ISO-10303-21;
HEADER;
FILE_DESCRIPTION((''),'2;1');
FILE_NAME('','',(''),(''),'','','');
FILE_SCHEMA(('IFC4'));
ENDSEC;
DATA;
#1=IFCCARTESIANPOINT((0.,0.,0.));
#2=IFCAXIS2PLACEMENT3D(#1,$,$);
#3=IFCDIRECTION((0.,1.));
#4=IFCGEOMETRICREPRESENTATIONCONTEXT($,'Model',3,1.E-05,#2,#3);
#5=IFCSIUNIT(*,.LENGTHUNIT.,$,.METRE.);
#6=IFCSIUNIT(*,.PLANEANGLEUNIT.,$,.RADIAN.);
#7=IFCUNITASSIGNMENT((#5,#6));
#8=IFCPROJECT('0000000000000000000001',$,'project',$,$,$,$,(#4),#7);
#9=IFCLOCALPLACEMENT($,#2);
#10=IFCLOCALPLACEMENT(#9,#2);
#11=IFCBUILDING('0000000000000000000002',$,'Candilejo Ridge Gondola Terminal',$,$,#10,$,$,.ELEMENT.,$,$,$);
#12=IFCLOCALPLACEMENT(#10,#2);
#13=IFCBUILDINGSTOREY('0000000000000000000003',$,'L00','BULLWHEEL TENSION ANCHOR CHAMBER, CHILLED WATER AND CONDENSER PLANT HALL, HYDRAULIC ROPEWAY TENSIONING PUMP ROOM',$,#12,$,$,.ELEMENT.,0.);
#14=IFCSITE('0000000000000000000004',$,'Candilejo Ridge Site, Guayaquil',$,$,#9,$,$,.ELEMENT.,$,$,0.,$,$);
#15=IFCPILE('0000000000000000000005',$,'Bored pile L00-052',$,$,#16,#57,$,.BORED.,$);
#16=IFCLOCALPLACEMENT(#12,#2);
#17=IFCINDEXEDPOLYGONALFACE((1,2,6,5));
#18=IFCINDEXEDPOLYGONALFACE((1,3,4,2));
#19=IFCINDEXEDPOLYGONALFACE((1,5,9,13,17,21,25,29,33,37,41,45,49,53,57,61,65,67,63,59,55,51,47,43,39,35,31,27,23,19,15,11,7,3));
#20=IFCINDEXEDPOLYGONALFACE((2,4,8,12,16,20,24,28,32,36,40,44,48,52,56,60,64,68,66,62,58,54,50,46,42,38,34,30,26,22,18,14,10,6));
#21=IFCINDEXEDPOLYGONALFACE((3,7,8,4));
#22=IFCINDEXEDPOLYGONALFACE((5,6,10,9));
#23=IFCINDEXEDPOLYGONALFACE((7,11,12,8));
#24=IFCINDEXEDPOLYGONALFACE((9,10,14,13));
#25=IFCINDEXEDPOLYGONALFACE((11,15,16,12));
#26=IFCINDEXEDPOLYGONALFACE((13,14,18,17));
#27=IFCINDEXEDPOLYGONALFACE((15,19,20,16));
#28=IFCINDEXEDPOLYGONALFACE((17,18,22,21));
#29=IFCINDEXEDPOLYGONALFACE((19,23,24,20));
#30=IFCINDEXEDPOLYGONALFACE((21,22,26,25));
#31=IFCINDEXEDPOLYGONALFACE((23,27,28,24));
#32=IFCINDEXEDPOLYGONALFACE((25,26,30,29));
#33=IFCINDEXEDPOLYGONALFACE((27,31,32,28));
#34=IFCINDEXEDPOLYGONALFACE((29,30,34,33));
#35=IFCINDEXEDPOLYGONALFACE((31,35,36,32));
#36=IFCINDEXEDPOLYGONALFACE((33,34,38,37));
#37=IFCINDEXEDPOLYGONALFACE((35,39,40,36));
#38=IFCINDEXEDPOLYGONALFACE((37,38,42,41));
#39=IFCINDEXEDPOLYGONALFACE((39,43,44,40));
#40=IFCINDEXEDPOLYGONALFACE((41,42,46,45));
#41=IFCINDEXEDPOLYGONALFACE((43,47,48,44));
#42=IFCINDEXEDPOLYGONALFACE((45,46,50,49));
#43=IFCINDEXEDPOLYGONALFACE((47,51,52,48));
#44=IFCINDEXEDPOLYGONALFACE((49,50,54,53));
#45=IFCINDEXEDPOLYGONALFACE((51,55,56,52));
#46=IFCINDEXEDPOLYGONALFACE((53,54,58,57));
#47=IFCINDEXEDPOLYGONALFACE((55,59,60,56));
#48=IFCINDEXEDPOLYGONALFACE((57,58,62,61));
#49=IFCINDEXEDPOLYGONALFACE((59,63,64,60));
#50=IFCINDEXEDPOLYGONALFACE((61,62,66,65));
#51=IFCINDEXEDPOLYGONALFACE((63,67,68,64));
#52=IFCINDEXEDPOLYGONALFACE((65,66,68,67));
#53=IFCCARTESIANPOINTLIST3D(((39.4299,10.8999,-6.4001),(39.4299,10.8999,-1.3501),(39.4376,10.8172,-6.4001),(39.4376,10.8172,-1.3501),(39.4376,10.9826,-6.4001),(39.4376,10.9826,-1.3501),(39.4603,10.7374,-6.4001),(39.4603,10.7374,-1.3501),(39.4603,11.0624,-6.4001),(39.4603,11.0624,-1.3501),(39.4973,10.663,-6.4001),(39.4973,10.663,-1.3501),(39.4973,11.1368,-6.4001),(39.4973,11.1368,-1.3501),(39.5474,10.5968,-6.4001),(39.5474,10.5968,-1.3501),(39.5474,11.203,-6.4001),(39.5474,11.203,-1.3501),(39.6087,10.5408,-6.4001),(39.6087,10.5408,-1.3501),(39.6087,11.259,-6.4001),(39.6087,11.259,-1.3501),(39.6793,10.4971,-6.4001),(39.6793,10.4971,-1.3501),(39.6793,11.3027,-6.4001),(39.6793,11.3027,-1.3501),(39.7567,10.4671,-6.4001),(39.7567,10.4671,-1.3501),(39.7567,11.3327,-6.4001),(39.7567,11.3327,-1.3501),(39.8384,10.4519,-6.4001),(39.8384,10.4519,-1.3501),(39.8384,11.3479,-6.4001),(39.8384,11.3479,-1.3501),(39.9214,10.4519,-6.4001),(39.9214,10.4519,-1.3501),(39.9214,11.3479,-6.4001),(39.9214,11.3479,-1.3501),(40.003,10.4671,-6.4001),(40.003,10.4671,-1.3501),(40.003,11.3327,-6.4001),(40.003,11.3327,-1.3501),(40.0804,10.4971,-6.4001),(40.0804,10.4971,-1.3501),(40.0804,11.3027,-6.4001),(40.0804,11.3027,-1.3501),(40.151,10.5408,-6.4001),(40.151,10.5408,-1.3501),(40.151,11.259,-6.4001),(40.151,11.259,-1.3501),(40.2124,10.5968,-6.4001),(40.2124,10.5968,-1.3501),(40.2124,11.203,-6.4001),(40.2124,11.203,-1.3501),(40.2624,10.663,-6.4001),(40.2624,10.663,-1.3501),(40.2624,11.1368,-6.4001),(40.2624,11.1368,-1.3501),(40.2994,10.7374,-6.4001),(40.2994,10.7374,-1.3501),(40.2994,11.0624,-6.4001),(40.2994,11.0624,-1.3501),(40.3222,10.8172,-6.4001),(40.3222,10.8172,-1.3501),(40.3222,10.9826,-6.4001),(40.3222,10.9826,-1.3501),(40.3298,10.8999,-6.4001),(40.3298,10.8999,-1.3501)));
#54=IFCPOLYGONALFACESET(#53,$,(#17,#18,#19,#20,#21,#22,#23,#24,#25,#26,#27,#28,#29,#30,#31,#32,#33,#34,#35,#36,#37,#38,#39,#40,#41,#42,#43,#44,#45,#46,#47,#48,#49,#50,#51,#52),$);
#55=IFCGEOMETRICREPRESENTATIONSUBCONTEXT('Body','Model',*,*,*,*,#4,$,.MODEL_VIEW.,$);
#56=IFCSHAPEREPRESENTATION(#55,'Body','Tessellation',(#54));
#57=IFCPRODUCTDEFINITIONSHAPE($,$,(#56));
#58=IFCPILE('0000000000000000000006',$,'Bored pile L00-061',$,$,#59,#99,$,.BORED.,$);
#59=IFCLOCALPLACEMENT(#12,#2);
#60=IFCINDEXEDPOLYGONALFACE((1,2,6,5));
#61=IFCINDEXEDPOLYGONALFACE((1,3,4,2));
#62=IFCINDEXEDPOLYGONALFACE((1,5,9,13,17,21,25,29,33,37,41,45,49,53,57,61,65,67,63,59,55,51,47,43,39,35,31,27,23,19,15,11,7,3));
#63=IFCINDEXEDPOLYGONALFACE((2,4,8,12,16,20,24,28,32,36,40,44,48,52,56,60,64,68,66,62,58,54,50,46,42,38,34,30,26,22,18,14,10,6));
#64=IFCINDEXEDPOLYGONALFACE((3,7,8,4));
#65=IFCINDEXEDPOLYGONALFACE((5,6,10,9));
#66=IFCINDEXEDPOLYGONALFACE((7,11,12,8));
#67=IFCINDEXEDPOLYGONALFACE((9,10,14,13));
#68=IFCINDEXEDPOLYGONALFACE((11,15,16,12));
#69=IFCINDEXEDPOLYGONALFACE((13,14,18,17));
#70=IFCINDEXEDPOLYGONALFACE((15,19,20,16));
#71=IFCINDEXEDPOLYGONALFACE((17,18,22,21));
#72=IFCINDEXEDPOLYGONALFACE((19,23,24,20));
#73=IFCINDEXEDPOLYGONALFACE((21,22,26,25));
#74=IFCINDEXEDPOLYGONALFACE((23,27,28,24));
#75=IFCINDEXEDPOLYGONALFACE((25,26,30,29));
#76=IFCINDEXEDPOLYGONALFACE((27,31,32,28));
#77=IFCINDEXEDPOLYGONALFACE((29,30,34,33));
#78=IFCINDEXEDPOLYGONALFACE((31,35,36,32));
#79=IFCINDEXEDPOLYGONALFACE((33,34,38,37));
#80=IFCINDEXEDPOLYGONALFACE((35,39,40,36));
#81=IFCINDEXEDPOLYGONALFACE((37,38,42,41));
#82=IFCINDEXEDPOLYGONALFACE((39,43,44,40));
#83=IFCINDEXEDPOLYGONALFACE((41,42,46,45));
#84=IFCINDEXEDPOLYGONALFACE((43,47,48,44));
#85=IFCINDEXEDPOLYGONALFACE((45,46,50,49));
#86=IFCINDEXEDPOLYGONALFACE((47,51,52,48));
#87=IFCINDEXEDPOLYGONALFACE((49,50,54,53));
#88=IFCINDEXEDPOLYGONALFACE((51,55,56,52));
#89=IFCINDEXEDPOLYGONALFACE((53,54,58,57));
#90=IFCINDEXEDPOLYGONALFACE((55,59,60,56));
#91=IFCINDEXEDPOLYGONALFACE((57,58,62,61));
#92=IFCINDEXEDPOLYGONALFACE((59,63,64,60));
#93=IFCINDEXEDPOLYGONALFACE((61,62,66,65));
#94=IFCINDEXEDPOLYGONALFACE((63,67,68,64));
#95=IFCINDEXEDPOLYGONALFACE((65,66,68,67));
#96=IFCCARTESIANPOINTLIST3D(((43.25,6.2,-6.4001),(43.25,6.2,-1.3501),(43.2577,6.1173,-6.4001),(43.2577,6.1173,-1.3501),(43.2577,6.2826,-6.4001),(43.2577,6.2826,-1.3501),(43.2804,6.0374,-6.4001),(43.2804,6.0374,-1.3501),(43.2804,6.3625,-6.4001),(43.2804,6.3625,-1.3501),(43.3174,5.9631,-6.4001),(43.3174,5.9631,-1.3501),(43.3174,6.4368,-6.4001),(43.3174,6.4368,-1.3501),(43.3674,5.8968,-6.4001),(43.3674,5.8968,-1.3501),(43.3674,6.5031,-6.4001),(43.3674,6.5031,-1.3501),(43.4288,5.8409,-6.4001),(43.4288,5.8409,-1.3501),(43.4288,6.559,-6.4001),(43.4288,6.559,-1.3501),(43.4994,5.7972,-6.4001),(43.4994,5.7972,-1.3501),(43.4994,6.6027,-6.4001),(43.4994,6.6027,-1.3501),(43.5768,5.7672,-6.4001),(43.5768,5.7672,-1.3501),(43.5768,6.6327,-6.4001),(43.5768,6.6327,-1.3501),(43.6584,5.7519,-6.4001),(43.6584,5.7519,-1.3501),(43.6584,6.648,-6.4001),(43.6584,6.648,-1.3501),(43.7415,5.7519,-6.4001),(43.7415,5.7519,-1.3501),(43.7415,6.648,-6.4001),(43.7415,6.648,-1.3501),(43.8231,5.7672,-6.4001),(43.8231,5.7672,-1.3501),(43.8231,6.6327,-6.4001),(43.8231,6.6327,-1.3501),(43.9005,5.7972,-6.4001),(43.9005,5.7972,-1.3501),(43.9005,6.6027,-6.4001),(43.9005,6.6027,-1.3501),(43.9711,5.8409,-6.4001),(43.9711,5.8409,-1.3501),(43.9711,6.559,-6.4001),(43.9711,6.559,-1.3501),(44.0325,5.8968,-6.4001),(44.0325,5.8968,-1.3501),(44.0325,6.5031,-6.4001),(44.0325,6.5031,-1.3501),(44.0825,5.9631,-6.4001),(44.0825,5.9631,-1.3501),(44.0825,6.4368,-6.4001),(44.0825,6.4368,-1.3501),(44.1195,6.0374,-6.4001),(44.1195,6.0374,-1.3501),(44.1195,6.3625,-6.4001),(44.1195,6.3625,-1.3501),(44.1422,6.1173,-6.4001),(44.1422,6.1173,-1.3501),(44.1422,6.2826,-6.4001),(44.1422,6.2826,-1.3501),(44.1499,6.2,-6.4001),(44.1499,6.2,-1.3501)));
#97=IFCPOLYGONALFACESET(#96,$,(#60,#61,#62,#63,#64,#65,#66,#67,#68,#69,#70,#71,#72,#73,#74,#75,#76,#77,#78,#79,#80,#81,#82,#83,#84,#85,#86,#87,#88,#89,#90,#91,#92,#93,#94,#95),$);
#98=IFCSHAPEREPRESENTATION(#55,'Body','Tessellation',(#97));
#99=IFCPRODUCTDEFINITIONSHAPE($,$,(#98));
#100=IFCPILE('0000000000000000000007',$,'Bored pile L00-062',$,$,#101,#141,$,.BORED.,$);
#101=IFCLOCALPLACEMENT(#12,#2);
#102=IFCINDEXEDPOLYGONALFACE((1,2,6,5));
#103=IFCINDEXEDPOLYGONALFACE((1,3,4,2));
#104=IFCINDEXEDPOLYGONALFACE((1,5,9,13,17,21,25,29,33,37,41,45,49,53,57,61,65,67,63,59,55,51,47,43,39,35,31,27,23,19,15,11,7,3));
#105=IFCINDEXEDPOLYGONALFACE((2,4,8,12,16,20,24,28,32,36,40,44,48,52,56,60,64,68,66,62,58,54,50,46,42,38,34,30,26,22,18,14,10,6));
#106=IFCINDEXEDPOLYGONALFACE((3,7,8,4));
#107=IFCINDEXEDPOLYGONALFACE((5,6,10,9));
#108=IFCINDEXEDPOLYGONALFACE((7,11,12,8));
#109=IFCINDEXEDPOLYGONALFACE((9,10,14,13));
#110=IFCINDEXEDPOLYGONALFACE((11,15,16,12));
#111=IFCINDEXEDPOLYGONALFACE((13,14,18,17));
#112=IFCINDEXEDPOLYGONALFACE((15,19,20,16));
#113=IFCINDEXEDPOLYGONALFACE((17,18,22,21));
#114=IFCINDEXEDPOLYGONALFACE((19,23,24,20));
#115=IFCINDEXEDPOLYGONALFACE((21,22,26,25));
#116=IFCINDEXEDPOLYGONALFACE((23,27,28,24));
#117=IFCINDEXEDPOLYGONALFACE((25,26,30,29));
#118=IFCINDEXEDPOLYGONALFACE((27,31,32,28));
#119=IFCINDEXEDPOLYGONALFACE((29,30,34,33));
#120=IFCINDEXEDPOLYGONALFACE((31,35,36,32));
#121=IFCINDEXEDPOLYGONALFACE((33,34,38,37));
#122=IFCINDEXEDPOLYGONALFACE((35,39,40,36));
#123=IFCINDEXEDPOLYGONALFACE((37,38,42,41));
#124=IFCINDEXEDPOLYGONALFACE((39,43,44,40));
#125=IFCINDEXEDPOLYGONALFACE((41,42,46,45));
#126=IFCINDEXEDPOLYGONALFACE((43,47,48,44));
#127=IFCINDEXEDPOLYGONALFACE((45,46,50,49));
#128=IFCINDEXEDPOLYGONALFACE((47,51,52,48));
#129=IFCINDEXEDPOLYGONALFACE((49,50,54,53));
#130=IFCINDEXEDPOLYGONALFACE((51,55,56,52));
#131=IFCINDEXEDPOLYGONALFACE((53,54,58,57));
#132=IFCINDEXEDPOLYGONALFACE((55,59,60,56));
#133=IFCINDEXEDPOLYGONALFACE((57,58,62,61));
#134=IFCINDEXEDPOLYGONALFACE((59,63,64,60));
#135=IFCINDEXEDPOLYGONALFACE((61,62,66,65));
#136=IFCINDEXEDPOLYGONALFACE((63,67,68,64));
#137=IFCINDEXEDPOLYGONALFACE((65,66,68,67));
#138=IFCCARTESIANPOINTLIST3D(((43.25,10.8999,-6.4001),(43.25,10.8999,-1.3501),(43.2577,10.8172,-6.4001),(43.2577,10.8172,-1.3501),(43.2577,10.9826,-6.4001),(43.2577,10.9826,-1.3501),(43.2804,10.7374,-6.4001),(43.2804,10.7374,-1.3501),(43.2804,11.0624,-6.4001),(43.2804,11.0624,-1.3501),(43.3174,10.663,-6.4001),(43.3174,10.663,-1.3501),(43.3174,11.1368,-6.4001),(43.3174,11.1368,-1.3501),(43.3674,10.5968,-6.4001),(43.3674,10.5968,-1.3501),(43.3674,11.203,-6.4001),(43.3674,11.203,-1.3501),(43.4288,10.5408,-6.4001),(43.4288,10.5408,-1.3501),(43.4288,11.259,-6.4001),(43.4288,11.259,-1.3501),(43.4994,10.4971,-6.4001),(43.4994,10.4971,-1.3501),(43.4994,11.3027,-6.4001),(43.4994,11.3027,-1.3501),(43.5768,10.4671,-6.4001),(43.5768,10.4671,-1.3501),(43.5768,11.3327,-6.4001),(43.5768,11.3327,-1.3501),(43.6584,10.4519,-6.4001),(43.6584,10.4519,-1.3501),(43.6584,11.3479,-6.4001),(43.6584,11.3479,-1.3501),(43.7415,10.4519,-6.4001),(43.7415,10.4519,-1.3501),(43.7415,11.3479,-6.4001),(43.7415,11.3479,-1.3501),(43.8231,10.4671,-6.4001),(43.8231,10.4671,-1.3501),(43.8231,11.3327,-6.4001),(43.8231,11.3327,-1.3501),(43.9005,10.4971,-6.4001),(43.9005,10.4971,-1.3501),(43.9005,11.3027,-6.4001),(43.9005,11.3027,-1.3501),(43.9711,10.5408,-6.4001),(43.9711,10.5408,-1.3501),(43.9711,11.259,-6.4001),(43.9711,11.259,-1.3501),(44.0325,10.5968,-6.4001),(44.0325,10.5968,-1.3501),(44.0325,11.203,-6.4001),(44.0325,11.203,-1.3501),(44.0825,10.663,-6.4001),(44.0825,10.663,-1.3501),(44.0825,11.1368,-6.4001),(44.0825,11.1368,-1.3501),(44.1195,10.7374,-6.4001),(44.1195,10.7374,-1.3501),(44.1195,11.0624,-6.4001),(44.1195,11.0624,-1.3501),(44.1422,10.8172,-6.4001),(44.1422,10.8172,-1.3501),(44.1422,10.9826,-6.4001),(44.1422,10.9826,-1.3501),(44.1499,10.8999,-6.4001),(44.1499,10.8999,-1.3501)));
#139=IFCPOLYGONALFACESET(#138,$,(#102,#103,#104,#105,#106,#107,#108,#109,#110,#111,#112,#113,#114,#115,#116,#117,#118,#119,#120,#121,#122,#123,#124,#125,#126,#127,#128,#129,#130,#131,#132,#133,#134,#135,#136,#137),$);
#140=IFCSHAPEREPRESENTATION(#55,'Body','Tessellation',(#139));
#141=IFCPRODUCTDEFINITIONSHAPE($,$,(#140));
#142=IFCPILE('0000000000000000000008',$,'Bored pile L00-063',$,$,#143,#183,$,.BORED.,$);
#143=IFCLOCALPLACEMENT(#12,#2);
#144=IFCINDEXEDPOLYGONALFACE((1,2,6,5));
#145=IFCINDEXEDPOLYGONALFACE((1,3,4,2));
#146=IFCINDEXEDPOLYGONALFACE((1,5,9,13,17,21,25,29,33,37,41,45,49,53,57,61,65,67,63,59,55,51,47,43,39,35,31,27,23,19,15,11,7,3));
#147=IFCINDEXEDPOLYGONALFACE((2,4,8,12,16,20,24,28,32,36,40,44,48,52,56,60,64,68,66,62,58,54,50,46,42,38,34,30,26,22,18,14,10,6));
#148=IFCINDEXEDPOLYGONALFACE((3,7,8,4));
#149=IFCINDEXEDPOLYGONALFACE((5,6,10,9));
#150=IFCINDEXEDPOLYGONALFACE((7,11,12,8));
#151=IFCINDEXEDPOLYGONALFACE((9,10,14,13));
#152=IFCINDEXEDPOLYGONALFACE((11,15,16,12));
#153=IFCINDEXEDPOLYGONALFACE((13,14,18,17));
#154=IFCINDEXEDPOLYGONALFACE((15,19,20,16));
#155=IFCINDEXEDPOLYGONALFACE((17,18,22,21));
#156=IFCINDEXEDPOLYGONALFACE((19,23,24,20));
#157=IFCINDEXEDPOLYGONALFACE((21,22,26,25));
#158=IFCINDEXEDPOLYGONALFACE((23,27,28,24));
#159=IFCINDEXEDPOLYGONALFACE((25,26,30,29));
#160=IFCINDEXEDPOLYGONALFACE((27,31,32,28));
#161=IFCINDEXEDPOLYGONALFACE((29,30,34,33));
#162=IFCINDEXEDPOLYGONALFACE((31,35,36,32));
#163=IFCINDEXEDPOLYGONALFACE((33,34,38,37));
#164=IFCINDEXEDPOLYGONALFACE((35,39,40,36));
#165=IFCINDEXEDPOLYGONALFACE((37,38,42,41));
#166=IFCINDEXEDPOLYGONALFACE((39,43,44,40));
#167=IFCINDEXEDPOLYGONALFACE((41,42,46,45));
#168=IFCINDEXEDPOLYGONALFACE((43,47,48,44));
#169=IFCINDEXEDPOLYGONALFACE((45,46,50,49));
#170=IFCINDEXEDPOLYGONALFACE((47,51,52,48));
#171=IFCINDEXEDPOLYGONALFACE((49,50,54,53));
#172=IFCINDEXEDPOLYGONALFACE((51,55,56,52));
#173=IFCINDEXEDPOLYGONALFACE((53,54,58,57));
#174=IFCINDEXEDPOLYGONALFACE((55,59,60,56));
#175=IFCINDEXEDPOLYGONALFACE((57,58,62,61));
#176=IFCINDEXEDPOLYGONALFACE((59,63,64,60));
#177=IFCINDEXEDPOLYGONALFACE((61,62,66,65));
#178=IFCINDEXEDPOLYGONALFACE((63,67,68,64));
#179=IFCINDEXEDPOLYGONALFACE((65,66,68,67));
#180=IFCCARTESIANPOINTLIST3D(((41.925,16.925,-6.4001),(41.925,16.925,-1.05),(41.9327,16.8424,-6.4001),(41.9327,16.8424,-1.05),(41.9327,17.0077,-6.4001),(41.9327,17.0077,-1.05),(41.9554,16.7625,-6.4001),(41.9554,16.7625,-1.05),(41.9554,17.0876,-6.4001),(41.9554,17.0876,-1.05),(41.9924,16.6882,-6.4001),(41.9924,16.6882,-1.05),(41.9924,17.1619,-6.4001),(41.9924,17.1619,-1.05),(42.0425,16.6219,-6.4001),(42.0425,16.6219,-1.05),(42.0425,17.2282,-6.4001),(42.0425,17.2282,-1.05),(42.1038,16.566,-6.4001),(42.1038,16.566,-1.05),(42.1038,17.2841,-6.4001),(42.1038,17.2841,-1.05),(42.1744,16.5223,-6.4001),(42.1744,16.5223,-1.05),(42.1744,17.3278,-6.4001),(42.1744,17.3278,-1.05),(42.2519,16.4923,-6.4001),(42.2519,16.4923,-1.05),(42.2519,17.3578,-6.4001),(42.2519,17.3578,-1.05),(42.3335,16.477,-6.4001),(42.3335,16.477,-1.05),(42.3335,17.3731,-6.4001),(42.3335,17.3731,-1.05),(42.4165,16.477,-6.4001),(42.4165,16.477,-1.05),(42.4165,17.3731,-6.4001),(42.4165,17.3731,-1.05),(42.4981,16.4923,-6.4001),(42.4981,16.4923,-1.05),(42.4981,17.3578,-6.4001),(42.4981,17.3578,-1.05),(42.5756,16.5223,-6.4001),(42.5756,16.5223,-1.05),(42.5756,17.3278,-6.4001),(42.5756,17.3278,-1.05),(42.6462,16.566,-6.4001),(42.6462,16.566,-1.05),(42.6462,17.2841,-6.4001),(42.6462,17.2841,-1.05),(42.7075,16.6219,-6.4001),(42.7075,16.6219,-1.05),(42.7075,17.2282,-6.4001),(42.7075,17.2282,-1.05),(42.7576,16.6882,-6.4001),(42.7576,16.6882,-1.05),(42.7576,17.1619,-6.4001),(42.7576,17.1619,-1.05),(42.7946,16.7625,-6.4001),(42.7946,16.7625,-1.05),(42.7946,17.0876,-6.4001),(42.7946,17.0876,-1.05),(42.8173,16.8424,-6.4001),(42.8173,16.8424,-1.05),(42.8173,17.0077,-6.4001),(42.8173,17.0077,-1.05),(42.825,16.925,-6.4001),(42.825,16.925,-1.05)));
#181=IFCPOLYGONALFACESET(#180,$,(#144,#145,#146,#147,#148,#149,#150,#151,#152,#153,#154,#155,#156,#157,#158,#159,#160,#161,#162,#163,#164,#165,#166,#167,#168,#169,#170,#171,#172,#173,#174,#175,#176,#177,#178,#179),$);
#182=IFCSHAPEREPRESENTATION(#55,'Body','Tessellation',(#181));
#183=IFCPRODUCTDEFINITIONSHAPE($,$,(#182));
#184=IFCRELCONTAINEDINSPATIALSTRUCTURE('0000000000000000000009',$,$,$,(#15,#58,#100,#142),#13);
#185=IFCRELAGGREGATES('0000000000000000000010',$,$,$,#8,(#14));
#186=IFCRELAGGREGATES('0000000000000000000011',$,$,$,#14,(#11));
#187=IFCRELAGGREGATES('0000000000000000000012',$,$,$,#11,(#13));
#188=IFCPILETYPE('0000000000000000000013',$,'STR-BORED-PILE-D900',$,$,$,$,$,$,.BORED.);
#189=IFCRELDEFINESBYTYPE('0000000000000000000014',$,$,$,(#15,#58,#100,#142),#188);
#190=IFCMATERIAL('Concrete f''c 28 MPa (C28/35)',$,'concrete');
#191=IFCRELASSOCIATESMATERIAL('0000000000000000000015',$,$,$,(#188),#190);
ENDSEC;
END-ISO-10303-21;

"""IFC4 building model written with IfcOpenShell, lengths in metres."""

from ifc_helpers import new_model, si_unit, direction, frame, origin, origin_2d, place, context, subcontext, project, spatial, circle, extrude, material, material_profile, profile_set, type_object, element, save


model = new_model("IFC4")

# Units and contexts
model_context = context("Model", 3, precision=1e-05, world=origin(), true_north=direction((0.0, 1.0)))
body_context = subcontext(model_context, "Body", "Model", "MODEL_VIEW")
ifc_project = project(units=[si_unit("LENGTHUNIT", "METRE"), si_unit("PLANEANGLEUNIT", "RADIAN")], contexts=[model_context])

# Site, building, storey
site_placement = place(None, origin())
site = spatial("IfcSite", under=ifc_project, at=site_placement, Name="Candilejo Ridge Site, Guayaquil", CompositionType="ELEMENT", RefElevation=0.0)
building_placement = place(site_placement, origin())
building = spatial("IfcBuilding", under=site, at=building_placement, Name="Candilejo Ridge Gondola Terminal", CompositionType="ELEMENT")
storey_placement = place(building_placement, origin())
storey = spatial("IfcBuildingStorey", under=building, at=storey_placement, Name="L00", Description="BULLWHEEL TENSION ANCHOR CHAMBER, CHILLED WATER AND CONDENSER PLANT HALL, HYDRAULIC ROPEWAY TENSIONING PUMP ROOM", CompositionType="ELEMENT", Elevation=0.0)

# Piles
ifc_material_1 = material(Name="Concrete f'c 28 MPa (C28/35)", Category="concrete")
ifc_material_profile_1 = material_profile(ifc_material_1, circle(Radius=0.45, at=origin_2d()))
ifc_profile_set_1 = profile_set([ifc_material_profile_1], Name="Concrete f'c 28 MPa (C28/35)")
pile_type = type_object("IfcPileType", Name="STR-BORED-PILE-D900", PredefinedType="BORED", material=ifc_profile_set_1)
for number, where, z_axis, x_axis, name in (
    (1, (39.8799, 10.8999, -1.3501), (0.0, 0.0, -1.0), (1.0, 0.0, 0.0), "Bored pile L00-052"),
    (2, (43.7, 6.2, -1.3501), (0.0, 0.0, -1.0), (1.0, 0.0, 0.0), "Bored pile L00-061"),
    (3, (43.7, 10.8999, -1.3501), (0.0, 0.0, -1.0), (1.0, 0.0, 0.0), "Bored pile L00-062"),
):
    element("IfcPile", number, at=place(storey_placement, frame(where, z_axis=z_axis, x_axis=x_axis)), inside=storey, type_object=pile_type, Name=name, PredefinedType="BORED", context=body_context, shape_type="SweptSolid", body=[
        extrude(circle(Radius=0.45, at=origin_2d()), origin(), (0.0, 0.0, 1.0), 5.05),
    ])
for number, where, z_axis, x_axis, name in (
    (4, (42.375, 16.925, -1.05), (0.0, 0.0, -1.0), (1.0, 0.0, 0.0), "Bored pile L00-063"),
):
    element("IfcPile", number, at=place(storey_placement, frame(where, z_axis=z_axis, x_axis=x_axis)), inside=storey, type_object=pile_type, Name=name, PredefinedType="BORED", context=body_context, shape_type="SweptSolid", body=[
        extrude(circle(Radius=0.45, at=origin_2d()), origin(), (0.0, 0.0, 1.0), 5.3501),
    ])

save(model, "model.ifc")
